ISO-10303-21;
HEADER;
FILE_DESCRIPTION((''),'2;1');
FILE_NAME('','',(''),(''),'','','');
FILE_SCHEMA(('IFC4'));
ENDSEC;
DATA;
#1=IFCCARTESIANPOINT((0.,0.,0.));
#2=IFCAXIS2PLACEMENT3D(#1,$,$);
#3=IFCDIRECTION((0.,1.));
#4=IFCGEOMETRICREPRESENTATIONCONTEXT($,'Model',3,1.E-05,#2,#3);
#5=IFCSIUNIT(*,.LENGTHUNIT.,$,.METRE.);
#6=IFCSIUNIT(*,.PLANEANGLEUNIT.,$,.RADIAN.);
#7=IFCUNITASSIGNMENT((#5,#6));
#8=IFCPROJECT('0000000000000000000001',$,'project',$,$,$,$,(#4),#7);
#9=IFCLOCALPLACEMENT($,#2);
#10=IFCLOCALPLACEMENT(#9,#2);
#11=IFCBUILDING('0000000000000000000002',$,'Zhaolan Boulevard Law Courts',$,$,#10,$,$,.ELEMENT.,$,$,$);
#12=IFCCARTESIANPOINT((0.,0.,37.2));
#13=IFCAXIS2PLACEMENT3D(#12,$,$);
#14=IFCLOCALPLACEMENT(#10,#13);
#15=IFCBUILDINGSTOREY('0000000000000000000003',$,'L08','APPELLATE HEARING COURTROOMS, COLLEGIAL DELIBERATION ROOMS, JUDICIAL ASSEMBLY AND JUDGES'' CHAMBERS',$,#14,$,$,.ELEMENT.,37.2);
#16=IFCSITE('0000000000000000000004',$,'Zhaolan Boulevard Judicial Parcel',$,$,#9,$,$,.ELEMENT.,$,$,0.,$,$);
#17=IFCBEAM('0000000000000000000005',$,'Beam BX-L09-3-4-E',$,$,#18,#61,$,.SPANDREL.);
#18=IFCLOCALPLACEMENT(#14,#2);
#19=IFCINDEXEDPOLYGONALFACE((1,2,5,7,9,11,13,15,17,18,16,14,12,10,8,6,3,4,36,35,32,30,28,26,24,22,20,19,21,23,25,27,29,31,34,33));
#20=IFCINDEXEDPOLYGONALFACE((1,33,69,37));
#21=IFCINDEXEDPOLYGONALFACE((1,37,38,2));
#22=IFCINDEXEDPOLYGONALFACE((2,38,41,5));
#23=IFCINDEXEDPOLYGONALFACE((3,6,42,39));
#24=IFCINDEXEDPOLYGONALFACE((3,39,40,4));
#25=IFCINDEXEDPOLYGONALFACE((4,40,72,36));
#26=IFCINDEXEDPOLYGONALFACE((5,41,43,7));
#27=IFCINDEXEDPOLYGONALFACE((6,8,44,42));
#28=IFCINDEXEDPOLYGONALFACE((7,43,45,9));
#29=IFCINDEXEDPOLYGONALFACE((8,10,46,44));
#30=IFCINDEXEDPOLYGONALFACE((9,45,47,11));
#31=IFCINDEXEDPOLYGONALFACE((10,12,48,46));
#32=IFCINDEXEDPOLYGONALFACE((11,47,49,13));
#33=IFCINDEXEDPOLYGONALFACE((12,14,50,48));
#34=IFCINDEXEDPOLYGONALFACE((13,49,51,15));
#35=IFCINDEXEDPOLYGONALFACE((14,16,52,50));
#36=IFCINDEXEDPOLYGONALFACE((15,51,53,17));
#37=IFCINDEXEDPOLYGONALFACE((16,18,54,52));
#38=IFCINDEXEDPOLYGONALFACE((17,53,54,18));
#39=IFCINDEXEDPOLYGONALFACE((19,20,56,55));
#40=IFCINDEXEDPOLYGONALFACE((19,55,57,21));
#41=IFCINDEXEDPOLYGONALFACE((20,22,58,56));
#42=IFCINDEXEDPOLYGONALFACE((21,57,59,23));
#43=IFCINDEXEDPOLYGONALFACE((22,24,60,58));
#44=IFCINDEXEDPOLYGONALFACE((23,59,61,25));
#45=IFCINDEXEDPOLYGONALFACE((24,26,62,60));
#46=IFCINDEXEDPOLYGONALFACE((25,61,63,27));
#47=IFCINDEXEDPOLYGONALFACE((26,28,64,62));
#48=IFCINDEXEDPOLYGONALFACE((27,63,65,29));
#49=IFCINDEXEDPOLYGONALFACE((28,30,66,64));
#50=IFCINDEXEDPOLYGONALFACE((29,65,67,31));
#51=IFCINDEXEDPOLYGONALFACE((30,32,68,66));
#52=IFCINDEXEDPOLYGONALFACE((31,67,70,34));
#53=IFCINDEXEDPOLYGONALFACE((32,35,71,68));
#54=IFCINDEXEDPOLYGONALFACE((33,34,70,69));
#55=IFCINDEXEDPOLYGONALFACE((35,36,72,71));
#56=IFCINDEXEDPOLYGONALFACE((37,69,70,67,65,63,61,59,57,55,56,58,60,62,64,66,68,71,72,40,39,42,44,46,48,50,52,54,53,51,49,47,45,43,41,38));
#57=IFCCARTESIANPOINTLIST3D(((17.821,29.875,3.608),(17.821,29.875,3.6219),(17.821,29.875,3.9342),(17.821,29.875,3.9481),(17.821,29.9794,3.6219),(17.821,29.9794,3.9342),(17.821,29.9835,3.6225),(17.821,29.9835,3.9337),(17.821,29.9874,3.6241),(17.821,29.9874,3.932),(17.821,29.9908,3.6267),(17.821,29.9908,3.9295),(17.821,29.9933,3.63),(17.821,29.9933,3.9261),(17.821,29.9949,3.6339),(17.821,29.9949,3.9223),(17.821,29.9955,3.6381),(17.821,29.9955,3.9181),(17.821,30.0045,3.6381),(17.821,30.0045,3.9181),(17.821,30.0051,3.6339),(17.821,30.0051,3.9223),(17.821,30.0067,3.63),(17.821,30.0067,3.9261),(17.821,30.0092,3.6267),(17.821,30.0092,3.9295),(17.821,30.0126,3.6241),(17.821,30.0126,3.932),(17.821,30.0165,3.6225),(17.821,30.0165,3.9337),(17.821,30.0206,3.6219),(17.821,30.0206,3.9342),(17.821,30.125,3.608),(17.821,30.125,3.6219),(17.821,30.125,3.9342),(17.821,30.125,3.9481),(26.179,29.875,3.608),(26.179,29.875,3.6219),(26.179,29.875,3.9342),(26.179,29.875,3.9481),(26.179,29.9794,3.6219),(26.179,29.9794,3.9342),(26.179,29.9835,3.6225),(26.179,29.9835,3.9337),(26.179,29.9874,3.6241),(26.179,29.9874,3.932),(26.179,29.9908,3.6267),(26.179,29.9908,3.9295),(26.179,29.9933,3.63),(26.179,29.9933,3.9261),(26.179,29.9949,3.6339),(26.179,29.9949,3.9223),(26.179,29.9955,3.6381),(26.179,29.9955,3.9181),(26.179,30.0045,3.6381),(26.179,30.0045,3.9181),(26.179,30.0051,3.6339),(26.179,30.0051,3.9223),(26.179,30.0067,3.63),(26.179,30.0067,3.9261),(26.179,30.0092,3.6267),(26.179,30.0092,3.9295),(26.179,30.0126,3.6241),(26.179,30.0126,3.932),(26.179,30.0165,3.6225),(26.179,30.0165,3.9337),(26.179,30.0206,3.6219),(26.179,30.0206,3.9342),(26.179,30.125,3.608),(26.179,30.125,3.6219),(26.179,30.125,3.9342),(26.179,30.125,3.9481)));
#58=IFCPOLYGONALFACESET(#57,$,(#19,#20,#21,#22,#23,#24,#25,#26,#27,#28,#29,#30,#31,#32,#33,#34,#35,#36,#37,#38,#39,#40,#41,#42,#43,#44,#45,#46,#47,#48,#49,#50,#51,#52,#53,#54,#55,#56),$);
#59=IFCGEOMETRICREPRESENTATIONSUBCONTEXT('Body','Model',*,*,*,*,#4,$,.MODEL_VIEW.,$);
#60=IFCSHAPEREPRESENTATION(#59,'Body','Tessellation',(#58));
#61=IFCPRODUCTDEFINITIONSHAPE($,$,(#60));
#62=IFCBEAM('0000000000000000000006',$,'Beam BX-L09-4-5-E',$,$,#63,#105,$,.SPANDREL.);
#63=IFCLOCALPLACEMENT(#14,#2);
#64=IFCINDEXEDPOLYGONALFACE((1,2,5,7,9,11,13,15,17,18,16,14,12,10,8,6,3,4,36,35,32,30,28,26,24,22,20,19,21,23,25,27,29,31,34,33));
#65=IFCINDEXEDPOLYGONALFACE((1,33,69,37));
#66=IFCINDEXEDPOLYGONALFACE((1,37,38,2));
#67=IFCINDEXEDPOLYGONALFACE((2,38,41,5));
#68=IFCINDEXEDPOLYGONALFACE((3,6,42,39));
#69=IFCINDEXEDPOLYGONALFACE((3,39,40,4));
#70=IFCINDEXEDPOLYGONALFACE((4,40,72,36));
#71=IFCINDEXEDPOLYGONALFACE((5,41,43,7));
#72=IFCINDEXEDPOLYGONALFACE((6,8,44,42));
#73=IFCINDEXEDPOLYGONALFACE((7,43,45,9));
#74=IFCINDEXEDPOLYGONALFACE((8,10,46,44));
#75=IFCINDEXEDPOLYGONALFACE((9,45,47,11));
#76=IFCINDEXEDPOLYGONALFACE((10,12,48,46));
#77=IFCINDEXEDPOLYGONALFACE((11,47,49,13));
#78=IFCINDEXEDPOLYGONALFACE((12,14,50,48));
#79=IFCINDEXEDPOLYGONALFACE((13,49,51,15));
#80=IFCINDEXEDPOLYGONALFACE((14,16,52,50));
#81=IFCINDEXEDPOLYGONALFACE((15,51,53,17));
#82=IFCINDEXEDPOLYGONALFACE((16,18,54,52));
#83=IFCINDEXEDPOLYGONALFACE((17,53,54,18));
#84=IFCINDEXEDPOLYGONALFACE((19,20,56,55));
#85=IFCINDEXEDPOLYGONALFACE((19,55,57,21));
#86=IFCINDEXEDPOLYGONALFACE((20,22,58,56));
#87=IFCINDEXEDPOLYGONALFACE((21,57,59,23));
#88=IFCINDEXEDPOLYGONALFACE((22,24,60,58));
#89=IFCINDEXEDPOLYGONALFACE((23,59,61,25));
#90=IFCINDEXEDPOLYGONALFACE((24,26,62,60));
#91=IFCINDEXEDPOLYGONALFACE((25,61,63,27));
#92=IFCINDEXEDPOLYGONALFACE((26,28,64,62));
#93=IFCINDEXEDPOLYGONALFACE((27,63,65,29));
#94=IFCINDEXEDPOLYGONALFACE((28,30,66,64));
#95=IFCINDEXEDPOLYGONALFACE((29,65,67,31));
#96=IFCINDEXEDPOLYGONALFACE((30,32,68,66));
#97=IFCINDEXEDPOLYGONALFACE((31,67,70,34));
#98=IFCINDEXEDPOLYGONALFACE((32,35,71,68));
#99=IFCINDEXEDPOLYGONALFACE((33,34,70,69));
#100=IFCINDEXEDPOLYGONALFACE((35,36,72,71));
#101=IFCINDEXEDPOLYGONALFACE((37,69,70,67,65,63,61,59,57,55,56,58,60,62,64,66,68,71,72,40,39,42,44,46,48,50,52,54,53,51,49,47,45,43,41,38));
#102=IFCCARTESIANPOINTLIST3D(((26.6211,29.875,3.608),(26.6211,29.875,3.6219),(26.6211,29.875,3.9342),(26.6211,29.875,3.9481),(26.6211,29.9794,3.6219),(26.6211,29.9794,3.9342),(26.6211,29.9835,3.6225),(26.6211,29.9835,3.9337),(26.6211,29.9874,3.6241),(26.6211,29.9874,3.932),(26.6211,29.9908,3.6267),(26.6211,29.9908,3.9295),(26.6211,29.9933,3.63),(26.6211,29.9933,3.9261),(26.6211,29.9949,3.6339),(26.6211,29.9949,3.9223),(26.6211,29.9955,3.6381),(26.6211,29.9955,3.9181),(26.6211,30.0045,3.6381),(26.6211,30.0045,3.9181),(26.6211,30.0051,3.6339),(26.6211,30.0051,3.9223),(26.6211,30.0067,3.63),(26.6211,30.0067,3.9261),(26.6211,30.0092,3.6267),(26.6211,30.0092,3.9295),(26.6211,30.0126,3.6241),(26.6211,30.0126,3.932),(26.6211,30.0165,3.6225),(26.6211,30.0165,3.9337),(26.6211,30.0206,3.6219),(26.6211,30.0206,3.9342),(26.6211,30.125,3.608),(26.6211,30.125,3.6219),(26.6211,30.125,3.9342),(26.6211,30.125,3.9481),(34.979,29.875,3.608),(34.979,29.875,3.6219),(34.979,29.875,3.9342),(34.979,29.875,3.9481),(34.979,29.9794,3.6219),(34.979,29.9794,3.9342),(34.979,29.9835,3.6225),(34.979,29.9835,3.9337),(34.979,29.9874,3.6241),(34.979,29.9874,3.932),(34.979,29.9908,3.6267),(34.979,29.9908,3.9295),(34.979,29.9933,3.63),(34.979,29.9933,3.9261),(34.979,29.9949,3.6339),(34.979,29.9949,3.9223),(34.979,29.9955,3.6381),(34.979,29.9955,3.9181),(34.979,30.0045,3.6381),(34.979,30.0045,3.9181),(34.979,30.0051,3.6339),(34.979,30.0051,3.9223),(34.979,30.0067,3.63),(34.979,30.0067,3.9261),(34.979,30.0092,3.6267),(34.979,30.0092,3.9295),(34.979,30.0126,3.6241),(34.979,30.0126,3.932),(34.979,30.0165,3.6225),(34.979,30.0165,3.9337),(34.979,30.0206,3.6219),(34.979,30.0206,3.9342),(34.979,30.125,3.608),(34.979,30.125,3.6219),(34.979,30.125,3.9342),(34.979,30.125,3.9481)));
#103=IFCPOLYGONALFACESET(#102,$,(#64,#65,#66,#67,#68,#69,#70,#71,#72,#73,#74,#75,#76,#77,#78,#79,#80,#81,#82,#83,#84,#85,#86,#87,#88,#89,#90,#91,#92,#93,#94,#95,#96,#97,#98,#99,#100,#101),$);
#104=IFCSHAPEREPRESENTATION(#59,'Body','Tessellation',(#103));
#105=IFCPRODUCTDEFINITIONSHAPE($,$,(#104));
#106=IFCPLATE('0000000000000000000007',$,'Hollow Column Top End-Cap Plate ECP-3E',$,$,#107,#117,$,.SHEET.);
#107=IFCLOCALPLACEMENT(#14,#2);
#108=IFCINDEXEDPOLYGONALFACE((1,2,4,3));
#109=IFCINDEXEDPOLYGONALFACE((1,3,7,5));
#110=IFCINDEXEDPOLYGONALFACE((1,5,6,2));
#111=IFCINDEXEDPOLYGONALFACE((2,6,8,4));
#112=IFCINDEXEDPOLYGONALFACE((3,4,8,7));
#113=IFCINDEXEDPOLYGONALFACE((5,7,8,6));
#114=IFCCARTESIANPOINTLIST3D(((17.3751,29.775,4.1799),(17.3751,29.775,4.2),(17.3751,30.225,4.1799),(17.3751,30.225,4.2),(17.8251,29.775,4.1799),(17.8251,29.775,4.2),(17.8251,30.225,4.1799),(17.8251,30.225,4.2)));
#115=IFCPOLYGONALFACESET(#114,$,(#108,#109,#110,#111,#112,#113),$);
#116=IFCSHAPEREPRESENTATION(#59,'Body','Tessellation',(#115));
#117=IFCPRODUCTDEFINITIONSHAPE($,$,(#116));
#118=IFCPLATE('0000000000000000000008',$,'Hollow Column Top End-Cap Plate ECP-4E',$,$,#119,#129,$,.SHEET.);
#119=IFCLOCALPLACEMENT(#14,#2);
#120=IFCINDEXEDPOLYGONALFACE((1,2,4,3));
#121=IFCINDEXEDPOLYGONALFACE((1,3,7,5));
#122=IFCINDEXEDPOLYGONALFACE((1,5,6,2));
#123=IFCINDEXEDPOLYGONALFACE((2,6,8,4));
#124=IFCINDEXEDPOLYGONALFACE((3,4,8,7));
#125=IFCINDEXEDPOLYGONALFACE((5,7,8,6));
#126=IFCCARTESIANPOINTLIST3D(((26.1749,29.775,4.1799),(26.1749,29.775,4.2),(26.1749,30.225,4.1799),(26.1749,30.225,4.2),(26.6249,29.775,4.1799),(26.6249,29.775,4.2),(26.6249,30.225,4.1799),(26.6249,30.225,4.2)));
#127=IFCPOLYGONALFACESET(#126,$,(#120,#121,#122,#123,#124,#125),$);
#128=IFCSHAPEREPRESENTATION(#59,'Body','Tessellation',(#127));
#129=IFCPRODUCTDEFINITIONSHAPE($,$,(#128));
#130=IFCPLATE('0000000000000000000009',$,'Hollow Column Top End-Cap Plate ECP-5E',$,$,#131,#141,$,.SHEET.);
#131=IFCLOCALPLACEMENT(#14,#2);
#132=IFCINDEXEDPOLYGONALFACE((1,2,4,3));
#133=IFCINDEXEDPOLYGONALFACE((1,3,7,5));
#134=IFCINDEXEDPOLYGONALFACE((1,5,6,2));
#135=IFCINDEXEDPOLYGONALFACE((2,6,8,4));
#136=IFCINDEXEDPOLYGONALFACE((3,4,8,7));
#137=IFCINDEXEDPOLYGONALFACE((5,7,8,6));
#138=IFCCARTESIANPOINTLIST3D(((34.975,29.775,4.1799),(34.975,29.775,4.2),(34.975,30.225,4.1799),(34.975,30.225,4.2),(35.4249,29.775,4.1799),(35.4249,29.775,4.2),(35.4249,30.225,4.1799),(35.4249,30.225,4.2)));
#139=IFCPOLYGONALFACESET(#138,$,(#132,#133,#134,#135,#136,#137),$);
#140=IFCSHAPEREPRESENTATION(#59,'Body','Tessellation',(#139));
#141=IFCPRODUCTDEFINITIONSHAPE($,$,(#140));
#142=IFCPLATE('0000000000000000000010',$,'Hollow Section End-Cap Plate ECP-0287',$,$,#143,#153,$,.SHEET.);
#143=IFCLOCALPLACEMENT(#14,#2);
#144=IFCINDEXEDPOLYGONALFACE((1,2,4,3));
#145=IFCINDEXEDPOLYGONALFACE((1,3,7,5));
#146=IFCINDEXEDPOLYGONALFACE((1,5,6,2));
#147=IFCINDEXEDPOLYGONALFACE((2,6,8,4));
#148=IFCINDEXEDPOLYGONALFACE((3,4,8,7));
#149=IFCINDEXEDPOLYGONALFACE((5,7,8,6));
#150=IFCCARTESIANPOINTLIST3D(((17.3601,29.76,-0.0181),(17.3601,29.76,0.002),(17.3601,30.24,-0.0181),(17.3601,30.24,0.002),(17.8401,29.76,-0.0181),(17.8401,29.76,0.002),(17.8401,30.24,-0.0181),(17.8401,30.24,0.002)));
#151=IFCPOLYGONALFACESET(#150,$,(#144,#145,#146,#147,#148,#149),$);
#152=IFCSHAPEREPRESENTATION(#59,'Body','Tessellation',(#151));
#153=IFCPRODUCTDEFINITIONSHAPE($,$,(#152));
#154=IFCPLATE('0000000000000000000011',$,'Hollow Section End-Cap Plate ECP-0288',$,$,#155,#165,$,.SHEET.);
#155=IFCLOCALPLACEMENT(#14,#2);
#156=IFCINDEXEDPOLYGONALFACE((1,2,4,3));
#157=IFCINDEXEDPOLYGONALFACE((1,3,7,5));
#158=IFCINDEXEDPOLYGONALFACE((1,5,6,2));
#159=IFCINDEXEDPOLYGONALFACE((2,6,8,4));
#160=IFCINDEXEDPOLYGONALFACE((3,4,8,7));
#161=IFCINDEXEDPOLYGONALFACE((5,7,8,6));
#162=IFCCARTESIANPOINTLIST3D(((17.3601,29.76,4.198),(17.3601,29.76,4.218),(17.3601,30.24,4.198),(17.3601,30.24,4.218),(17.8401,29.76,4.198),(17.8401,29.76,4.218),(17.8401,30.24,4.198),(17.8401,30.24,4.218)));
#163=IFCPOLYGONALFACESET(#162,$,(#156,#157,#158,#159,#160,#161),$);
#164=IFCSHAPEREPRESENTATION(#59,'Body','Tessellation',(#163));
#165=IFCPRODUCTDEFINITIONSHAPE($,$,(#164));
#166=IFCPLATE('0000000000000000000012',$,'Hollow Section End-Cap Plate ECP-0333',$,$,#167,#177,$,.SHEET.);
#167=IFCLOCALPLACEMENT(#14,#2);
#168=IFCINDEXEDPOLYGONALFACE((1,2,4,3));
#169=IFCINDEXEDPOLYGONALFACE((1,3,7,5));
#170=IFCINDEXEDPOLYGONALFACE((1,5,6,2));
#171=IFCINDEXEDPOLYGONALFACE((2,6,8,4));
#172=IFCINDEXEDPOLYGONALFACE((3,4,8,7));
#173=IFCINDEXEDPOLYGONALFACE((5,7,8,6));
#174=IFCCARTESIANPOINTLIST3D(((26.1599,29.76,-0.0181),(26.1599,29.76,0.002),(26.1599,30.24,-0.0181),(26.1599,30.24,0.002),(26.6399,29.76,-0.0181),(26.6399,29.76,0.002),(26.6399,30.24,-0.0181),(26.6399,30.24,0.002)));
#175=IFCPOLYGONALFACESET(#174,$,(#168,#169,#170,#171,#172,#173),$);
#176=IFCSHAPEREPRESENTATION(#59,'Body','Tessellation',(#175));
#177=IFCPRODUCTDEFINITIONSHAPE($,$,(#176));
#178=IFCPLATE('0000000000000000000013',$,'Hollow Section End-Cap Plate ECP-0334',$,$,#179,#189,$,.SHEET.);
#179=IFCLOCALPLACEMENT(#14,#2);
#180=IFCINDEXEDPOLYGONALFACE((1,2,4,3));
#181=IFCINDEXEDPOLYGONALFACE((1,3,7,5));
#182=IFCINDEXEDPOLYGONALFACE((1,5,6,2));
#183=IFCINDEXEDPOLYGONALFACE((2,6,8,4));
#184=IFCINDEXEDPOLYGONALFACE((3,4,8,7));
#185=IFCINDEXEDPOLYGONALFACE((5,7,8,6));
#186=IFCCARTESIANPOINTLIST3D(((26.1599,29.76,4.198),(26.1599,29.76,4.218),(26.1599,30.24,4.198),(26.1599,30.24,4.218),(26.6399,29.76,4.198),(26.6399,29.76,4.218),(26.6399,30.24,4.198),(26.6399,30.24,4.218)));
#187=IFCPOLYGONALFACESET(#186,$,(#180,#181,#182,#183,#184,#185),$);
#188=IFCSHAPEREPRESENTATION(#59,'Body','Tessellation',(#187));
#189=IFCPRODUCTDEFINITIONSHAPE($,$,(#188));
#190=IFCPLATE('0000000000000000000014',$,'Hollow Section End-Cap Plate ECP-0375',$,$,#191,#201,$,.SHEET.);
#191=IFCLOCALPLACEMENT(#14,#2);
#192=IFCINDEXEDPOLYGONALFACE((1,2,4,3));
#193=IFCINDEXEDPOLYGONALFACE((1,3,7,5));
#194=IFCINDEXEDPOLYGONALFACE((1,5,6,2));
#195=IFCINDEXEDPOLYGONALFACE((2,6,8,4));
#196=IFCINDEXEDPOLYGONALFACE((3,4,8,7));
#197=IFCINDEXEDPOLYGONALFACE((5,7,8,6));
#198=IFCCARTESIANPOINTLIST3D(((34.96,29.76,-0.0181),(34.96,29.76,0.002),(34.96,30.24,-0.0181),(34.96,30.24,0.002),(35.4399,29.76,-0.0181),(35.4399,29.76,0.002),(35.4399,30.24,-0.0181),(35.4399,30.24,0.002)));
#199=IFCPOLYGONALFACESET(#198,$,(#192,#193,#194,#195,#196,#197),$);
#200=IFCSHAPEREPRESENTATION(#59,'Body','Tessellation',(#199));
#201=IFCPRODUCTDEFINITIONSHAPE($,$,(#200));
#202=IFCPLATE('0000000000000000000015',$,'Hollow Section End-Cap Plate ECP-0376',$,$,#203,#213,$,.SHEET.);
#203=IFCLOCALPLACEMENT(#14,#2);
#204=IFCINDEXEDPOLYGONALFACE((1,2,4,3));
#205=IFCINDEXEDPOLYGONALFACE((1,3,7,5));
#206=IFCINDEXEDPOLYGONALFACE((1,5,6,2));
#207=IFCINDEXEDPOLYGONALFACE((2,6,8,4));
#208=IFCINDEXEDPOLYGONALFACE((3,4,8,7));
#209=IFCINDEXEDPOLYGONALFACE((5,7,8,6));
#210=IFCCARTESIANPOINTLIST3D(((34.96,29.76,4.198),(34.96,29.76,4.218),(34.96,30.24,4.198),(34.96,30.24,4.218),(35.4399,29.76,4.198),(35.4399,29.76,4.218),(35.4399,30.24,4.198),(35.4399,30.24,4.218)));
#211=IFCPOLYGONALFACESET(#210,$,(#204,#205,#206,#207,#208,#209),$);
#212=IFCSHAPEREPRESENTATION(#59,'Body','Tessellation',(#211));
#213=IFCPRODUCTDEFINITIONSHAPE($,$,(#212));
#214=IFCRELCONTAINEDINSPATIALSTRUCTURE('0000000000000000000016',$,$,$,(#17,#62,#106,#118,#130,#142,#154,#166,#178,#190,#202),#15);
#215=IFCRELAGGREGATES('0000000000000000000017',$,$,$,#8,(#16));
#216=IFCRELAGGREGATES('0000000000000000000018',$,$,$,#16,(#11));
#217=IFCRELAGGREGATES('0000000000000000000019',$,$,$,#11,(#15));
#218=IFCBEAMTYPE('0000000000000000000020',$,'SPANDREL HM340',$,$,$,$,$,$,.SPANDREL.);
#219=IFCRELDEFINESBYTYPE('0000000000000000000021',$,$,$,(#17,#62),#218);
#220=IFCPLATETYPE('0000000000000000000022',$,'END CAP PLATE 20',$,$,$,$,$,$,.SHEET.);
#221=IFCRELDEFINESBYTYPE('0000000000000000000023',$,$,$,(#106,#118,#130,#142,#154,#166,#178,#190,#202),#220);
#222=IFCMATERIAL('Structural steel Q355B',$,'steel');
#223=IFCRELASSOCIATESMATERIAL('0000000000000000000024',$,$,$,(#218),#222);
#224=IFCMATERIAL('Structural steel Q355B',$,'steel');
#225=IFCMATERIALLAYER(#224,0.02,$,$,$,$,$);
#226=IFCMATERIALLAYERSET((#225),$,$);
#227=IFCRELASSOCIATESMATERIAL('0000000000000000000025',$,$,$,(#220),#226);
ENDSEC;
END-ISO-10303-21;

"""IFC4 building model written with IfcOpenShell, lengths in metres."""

from ifc_helpers import new_model, si_unit, direction, frame, origin, origin_2d, place, context, subcontext, project, spatial, rectangle, i_section, extrude, material, layer, layer_set, material_profile, profile_set, type_object, element, save


model = new_model("IFC4")

# Units and contexts
model_context = context("Model", 3, precision=1e-05, world=origin(), true_north=direction((0.0, 1.0)))
body_context = subcontext(model_context, "Body", "Model", "MODEL_VIEW")
ifc_project = project(units=[si_unit("LENGTHUNIT", "METRE"), si_unit("PLANEANGLEUNIT", "RADIAN")], contexts=[model_context])

# Site, building, storey
site_placement = place(None, origin())
site = spatial("IfcSite", under=ifc_project, at=site_placement, Name="Zhaolan Boulevard Judicial Parcel", CompositionType="ELEMENT", RefElevation=0.0)
building_placement = place(site_placement, origin())
building = spatial("IfcBuilding", under=site, at=building_placement, Name="Zhaolan Boulevard Law Courts", CompositionType="ELEMENT")
storey_placement = place(building_placement, frame((0.0, 0.0, 37.2)))
storey = spatial("IfcBuildingStorey", under=building, at=storey_placement, Name="L08", Description="APPELLATE HEARING COURTROOMS, COLLEGIAL DELIBERATION ROOMS, JUDICIAL ASSEMBLY AND JUDGES' CHAMBERS", CompositionType="ELEMENT", Elevation=37.2)

# Beams
ifc_material_1 = material(Name="Structural steel Q355B", Category="steel")
ifc_material_profile_1 = material_profile(ifc_material_1, i_section(OverallWidth=0.25, OverallDepth=0.3401, WebThickness=0.009, FlangeThickness=0.0139, FilletRadius=0.0161, at=origin_2d()), Name="HM340x250")
ifc_profile_set_1 = profile_set([ifc_material_profile_1], Name="Structural steel Q355B")
beam_type = type_object("IfcBeamType", Name="SPANDREL HM340", PredefinedType="SPANDREL", material=ifc_profile_set_1)
for number, where, z_axis, x_axis, name in (
    (1, (17.821, 30.0, 3.7781), (1.0, 0.0, 0.0), (0.0, 1.0, 0.0), "Beam BX-L09-3-4-E"),
    (2, (26.6211, 30.0, 3.7781), (1.0, 0.0, 0.0), (0.0, 1.0, 0.0), "Beam BX-L09-4-5-E"),
):
    element("IfcBeam", number, at=place(storey_placement, frame(where, z_axis=z_axis, x_axis=x_axis)), inside=storey, type_object=beam_type, Name=name, PredefinedType="SPANDREL", context=body_context, shape_type="SweptSolid", body=[
        extrude(i_section(OverallWidth=0.25, OverallDepth=0.3401, WebThickness=0.009, FlangeThickness=0.0139, FilletRadius=0.0161, at=origin_2d()), origin(), (0.0, 0.0, 1.0), 8.3579),
    ])

# Plates
ifc_material_2 = material(Name="Structural steel Q355B", Category="steel")
ifc_layer_1 = layer(ifc_material_2, 0.02)
ifc_layer_set_1 = layer_set([ifc_layer_1])
plate_type = type_object("IfcPlateType", Name="END CAP PLATE 20", PredefinedType="SHEET", material=ifc_layer_set_1)
for number, where, z_axis, x_axis, name in (
    (3, (17.6001, 30.0, 4.1799), (0.0, 0.0, 1.0), (1.0, 0.0, 0.0), "Hollow Column Top End-Cap Plate ECP-3E"),
    (4, (26.3999, 30.0, 4.1799), (0.0, 0.0, 1.0), (1.0, 0.0, 0.0), "Hollow Column Top End-Cap Plate ECP-4E"),
    (5, (35.2, 30.0, 4.1799), (0.0, 0.0, 1.0), (1.0, 0.0, 0.0), "Hollow Column Top End-Cap Plate ECP-5E"),
):
    element("IfcPlate", number, at=place(storey_placement, frame(where, z_axis=z_axis, x_axis=x_axis)), inside=storey, type_object=plate_type, Name=name, PredefinedType="SHEET", context=body_context, shape_type="SweptSolid", body=[
        extrude(rectangle(XDim=0.45, YDim=0.45, at=origin_2d()), origin(), (0.0, 0.0, 1.0), 0.02),
    ])
for number, where, z_axis, x_axis, name in (
    (6, (17.6001, 30.0, -0.0181), (0.0, 0.0, 1.0), (1.0, 0.0, 0.0), "Hollow Section End-Cap Plate ECP-0287"),
    (7, (17.6001, 30.0, 4.198), (0.0, 0.0, 1.0), (1.0, 0.0, 0.0), "Hollow Section End-Cap Plate ECP-0288"),
    (8, (26.3999, 30.0, -0.0181), (0.0, 0.0, 1.0), (1.0, 0.0, 0.0), "Hollow Section End-Cap Plate ECP-0333"),
    (9, (26.3999, 30.0, 4.198), (0.0, 0.0, 1.0), (1.0, 0.0, 0.0), "Hollow Section End-Cap Plate ECP-0334"),
    (10, (35.2, 30.0, -0.0181), (0.0, 0.0, 1.0), (1.0, 0.0, 0.0), "Hollow Section End-Cap Plate ECP-0375"),
    (11, (35.2, 30.0, 4.198), (0.0, 0.0, 1.0), (1.0, 0.0, 0.0), "Hollow Section End-Cap Plate ECP-0376"),
):
    element("IfcPlate", number, at=place(storey_placement, frame(where, z_axis=z_axis, x_axis=x_axis)), inside=storey, type_object=plate_type, Name=name, PredefinedType="SHEET", context=body_context, shape_type="SweptSolid", body=[
        extrude(rectangle(XDim=0.48, YDim=0.48, at=origin_2d()), origin(), (0.0, 0.0, 1.0), 0.02),
    ])

save(model, "model.ifc")
